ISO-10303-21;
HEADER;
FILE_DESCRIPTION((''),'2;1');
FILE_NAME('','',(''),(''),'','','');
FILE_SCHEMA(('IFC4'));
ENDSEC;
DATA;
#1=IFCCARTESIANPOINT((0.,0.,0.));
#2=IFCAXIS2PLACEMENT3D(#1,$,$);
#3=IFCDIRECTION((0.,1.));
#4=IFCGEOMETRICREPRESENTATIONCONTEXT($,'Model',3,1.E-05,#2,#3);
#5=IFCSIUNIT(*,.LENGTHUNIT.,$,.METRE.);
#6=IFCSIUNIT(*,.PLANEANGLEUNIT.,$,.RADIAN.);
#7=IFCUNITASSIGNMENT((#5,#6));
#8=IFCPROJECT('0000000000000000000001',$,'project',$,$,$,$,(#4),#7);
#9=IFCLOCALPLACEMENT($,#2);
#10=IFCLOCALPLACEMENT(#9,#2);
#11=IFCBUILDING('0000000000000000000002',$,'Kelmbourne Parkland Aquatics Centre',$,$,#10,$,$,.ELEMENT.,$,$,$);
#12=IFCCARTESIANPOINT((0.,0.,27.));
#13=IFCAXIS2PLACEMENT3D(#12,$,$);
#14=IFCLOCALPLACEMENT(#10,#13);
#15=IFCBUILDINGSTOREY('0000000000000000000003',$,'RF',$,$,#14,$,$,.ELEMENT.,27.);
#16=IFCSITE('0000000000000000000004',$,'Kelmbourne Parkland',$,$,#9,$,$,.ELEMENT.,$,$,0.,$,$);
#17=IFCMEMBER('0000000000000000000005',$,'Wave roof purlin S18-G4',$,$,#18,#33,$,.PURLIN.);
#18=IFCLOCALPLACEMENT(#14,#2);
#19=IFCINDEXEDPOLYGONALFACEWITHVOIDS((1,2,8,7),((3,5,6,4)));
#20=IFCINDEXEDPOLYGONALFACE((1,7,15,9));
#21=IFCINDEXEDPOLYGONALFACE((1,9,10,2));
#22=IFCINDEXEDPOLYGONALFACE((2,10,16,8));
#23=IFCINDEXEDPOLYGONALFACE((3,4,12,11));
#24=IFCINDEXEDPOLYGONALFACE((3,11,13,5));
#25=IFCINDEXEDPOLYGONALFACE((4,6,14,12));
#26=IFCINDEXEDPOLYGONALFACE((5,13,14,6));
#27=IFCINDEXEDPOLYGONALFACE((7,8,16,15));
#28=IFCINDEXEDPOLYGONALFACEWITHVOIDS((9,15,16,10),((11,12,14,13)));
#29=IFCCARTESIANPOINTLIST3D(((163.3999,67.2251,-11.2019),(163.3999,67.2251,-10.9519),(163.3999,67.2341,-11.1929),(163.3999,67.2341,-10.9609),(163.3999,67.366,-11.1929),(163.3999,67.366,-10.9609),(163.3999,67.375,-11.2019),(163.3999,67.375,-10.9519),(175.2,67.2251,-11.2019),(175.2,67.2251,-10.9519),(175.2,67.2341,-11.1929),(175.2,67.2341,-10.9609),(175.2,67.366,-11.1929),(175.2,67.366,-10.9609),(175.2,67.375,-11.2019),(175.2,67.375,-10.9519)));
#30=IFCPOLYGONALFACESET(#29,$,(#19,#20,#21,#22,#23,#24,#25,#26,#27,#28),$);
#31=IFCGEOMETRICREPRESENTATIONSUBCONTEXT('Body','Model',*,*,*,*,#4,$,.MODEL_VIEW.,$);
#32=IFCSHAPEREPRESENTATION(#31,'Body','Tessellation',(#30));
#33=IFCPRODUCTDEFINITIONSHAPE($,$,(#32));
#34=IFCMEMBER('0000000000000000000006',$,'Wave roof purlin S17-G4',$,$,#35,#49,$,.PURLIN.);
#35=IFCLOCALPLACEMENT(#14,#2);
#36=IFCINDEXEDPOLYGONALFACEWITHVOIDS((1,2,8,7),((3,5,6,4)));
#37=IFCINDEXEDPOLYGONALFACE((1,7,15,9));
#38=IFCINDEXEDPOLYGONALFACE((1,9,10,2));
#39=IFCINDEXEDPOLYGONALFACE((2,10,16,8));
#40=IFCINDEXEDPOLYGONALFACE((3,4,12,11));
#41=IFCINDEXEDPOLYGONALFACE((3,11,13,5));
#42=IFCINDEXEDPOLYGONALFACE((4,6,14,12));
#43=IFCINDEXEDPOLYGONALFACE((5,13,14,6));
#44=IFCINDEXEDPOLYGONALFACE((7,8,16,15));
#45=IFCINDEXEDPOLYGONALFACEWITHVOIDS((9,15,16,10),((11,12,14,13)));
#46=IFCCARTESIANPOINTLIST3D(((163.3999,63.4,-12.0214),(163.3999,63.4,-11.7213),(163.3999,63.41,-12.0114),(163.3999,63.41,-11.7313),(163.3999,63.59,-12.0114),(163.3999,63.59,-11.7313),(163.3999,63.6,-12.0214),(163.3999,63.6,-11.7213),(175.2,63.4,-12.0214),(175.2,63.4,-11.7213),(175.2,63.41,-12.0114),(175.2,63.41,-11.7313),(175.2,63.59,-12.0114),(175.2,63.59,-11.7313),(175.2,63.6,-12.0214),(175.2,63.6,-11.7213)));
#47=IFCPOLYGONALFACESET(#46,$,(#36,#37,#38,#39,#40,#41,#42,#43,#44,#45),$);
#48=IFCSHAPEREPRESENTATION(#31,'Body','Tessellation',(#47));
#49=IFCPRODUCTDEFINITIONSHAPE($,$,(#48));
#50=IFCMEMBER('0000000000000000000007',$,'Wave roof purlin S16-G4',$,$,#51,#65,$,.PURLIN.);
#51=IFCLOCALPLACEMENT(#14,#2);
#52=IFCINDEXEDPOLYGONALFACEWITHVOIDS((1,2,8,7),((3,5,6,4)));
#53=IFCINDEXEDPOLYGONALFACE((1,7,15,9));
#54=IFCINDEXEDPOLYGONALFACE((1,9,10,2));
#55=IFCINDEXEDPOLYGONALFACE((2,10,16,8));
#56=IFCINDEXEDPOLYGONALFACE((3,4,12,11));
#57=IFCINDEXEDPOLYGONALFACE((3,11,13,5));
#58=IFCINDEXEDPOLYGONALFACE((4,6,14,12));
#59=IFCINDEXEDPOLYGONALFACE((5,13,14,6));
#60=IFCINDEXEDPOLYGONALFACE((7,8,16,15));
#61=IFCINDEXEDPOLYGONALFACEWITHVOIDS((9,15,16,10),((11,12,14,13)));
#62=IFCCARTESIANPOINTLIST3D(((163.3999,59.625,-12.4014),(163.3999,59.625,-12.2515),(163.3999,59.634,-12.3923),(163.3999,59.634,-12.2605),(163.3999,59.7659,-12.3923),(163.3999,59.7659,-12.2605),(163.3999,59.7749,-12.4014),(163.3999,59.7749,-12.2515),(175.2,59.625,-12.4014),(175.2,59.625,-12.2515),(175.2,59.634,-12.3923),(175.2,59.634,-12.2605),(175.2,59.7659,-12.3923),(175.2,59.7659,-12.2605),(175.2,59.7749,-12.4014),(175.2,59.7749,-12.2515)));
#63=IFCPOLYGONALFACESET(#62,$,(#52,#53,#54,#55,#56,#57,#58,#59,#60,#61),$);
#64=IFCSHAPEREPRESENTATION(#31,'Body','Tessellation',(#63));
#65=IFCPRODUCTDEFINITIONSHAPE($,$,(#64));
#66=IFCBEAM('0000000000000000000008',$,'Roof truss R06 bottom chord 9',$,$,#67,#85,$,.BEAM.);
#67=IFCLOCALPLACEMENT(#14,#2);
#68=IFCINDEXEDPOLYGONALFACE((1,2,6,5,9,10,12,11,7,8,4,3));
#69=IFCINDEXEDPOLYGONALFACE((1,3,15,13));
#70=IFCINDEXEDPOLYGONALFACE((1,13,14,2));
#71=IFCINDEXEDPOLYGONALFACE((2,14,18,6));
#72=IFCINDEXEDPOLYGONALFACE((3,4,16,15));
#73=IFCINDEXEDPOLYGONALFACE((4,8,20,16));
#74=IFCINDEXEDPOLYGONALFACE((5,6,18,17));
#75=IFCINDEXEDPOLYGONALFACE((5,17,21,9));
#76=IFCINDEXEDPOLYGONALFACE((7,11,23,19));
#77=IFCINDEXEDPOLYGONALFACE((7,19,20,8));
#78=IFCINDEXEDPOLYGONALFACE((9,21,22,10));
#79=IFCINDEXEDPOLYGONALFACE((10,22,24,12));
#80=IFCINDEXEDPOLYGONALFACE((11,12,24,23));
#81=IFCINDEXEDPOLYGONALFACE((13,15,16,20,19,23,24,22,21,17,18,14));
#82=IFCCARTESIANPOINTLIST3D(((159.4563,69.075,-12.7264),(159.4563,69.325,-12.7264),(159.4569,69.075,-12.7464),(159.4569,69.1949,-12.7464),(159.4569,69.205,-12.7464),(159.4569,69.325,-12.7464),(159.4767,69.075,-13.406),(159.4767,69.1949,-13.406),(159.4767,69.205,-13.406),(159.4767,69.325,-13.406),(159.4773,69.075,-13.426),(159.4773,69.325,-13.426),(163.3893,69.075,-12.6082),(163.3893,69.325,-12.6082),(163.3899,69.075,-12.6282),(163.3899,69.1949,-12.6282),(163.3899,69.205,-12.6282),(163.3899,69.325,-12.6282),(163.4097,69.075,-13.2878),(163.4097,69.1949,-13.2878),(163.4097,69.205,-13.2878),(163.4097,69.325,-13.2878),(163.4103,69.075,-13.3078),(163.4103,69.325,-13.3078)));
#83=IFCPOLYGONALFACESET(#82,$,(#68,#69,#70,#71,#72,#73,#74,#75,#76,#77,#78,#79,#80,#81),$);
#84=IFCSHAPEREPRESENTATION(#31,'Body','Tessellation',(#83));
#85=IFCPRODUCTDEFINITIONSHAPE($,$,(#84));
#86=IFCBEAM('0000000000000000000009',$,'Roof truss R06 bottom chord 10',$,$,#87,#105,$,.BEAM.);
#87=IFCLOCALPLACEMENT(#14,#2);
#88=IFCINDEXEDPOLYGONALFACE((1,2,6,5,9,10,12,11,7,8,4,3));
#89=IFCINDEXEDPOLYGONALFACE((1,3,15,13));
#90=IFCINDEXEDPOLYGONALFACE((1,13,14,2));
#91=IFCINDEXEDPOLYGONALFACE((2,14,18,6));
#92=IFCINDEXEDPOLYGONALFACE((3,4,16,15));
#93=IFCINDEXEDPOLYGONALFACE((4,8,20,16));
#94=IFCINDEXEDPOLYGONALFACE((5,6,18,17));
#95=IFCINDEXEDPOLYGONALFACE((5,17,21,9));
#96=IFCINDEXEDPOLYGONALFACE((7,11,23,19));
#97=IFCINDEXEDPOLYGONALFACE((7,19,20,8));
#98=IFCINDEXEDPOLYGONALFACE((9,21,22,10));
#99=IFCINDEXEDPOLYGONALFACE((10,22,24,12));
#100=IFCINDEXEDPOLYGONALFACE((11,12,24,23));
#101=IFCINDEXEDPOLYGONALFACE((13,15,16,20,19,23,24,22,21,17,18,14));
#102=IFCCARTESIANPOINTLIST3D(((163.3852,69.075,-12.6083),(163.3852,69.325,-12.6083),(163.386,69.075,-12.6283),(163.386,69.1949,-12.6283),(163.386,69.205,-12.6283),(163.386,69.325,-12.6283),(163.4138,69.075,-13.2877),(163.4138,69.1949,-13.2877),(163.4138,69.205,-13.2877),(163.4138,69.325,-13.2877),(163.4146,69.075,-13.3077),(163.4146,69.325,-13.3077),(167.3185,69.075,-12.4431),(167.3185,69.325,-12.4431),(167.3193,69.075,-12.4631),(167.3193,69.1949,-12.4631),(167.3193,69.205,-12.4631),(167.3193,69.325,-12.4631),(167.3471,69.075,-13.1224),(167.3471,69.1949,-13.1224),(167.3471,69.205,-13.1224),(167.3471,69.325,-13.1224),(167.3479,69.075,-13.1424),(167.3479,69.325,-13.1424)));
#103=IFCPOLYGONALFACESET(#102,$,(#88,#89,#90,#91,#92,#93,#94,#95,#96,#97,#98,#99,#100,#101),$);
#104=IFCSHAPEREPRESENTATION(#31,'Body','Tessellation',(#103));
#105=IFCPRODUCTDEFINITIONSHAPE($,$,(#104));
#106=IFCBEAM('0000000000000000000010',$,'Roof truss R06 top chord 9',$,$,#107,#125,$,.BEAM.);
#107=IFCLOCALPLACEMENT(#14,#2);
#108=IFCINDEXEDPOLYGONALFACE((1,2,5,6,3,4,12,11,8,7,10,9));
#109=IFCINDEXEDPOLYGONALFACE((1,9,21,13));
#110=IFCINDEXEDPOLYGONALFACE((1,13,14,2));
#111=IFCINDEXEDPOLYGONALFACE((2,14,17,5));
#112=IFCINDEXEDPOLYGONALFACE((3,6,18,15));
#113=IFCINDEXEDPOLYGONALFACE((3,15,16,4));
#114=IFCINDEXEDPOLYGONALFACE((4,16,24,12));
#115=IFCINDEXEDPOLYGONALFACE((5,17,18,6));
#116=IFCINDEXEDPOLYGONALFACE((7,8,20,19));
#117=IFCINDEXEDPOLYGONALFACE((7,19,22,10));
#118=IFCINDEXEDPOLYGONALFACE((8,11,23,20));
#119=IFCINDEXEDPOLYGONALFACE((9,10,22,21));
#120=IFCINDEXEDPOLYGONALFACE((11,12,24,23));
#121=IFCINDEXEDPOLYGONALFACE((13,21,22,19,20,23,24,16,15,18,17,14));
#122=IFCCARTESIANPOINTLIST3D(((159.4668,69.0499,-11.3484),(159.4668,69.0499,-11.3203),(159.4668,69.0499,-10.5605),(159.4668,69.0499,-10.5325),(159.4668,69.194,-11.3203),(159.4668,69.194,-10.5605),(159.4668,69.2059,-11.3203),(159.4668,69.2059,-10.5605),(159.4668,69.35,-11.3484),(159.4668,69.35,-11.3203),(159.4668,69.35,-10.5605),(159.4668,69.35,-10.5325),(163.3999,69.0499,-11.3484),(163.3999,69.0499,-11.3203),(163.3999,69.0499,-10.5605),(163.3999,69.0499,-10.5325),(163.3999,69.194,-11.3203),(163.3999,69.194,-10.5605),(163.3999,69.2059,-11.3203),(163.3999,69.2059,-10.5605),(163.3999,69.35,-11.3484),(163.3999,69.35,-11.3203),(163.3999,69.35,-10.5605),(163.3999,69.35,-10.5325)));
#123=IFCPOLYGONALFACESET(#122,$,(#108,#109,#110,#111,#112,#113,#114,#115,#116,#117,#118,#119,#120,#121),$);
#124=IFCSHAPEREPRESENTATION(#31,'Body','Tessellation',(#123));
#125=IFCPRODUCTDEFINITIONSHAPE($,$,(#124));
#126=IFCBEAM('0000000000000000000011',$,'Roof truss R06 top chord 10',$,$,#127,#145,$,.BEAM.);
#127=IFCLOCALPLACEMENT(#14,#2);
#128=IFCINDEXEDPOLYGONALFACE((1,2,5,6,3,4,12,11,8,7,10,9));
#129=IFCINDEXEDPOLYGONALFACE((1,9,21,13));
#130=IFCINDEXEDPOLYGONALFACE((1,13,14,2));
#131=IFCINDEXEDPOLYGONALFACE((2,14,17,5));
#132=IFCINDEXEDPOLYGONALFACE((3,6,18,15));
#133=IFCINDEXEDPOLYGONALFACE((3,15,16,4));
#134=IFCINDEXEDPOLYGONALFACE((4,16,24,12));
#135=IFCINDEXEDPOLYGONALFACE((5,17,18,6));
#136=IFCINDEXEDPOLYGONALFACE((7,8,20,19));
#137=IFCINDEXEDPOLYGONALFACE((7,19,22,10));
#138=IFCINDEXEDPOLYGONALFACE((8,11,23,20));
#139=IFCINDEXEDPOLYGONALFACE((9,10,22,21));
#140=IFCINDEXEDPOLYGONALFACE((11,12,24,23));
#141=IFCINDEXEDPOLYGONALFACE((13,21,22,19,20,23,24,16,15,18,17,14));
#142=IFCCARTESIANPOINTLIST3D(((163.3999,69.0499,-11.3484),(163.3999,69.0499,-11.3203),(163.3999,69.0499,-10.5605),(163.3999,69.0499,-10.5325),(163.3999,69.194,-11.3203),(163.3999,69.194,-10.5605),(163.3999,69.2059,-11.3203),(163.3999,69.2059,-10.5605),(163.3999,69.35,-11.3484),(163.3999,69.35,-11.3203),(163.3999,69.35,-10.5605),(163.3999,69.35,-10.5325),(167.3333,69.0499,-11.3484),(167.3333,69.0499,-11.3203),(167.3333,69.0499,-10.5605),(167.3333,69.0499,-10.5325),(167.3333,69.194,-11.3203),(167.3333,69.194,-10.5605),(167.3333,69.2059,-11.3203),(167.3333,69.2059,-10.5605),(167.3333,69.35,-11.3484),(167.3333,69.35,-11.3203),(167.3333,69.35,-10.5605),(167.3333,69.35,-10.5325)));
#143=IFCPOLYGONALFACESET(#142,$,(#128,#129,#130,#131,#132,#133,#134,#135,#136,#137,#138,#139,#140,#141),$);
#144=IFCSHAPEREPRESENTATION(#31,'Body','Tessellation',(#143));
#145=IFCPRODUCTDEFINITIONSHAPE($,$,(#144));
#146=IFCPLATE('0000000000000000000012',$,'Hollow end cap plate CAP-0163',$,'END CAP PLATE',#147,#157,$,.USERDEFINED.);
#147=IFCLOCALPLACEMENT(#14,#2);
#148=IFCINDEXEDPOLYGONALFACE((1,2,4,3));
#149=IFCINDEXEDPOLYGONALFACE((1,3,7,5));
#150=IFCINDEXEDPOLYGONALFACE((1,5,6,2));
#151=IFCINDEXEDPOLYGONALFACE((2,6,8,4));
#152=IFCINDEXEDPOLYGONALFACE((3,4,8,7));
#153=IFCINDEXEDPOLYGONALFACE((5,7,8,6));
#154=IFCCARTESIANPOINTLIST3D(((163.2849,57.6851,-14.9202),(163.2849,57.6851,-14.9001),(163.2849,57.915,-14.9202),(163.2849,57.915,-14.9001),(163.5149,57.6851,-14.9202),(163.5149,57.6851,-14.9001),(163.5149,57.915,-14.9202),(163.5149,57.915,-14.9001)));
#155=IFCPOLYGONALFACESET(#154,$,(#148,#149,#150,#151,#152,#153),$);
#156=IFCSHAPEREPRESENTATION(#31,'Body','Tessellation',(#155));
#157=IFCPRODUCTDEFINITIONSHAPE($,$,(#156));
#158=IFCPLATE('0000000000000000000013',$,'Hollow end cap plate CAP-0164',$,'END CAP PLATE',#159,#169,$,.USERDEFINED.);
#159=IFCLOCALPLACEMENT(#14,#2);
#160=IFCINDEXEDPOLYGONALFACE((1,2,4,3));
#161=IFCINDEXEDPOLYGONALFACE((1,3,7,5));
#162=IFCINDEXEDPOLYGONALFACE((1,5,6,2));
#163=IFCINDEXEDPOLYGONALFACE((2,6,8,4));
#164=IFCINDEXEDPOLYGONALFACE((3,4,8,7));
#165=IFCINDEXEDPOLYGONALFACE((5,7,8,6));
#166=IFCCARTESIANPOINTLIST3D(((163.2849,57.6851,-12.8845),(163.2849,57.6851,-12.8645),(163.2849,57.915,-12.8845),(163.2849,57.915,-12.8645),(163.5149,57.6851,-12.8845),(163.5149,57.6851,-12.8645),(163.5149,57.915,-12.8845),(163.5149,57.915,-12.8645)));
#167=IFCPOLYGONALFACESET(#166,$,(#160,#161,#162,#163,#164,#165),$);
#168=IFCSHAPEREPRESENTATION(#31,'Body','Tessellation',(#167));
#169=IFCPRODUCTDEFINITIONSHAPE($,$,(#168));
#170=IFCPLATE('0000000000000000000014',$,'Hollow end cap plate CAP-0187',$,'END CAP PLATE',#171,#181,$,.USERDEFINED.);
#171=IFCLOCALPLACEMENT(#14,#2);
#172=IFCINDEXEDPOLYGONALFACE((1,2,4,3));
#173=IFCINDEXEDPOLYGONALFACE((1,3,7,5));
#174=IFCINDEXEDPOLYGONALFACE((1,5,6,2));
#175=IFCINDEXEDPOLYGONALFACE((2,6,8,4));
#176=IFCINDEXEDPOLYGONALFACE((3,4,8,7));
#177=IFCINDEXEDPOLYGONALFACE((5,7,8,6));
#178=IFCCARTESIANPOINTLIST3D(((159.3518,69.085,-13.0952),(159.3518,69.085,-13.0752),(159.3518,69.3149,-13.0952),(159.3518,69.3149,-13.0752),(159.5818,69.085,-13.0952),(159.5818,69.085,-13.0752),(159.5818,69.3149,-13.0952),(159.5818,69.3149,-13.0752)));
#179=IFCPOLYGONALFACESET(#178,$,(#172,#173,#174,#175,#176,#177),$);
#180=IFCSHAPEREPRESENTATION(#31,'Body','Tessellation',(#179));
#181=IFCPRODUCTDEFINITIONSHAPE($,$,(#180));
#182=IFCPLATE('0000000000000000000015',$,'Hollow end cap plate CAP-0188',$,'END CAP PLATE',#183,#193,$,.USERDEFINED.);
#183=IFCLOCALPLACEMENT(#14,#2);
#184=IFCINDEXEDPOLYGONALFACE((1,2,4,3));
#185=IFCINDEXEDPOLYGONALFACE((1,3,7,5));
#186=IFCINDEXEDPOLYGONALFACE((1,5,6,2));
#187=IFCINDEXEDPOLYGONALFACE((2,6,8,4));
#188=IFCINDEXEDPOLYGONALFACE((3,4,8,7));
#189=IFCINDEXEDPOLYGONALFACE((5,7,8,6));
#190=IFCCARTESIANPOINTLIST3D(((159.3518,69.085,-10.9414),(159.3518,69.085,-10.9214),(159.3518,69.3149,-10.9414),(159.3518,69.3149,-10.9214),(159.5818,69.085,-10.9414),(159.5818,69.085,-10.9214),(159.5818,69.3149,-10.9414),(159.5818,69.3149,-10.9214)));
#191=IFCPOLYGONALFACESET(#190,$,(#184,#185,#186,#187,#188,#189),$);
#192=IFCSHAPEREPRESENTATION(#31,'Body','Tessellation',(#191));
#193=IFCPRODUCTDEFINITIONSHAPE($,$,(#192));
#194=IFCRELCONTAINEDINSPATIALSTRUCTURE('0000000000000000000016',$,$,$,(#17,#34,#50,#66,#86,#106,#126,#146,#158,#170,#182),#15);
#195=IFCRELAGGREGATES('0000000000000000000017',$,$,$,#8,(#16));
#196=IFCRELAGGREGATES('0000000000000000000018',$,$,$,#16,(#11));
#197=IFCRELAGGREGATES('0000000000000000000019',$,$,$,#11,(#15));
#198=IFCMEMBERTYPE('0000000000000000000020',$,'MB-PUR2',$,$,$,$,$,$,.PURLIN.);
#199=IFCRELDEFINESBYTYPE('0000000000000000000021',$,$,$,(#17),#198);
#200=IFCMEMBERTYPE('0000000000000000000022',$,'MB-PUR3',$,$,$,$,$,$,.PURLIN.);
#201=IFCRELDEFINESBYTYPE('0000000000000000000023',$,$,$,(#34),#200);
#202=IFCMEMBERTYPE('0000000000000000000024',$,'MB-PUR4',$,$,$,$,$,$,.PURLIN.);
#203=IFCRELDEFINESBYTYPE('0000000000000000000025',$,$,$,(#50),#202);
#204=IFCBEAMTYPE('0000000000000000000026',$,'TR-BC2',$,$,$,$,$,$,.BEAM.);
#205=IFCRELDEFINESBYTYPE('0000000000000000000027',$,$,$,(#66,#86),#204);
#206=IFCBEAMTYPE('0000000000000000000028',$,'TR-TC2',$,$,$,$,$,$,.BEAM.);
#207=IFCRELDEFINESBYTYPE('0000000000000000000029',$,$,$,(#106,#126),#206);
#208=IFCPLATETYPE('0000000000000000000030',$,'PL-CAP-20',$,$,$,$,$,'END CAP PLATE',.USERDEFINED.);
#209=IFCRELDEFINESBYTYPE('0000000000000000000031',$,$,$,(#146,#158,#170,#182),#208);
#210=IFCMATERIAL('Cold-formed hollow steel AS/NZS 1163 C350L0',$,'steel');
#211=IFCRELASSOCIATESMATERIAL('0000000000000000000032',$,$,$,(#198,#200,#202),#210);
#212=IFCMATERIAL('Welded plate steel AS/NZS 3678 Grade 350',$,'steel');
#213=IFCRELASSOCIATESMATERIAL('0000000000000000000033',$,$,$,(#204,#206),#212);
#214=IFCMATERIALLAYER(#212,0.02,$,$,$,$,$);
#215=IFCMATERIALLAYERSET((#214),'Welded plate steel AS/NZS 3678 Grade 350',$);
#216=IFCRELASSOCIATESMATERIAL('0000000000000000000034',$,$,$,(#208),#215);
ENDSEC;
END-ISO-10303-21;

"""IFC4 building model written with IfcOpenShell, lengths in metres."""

from ifc_helpers import new_model, si_unit, direction, frame, origin, origin_2d, place, context, subcontext, project, spatial, rectangle, hollow_rectangle, i_section, extrude, material, layer, layer_set, material_profile, profile_set, type_object, element, save


model = new_model("IFC4")

# Units and contexts
model_context = context("Model", 3, precision=1e-05, world=origin(), true_north=direction((0.0, 1.0)))
body_context = subcontext(model_context, "Body", "Model", "MODEL_VIEW")
ifc_project = project(units=[si_unit("LENGTHUNIT", "METRE"), si_unit("PLANEANGLEUNIT", "RADIAN")], contexts=[model_context])

# Site, building, storey
site_placement = place(None, origin())
site = spatial("IfcSite", under=ifc_project, at=site_placement, Name="Kelmbourne Parkland", CompositionType="ELEMENT", RefElevation=0.0)
building_placement = place(site_placement, origin())
building = spatial("IfcBuilding", under=site, at=building_placement, Name="Kelmbourne Parkland Aquatics Centre", CompositionType="ELEMENT")
storey_placement = place(building_placement, frame((0.0, 0.0, 27.0)))
storey = spatial("IfcBuildingStorey", under=building, at=storey_placement, Name="RF", CompositionType="ELEMENT", Elevation=27.0)

# Members
ifc_material_1 = material(Name="Cold-formed hollow steel AS/NZS 1163 C350L0", Category="steel")
ifc_material_profile_1 = material_profile(ifc_material_1, hollow_rectangle(XDim=0.1499, YDim=0.25, WallThickness=0.009, at=origin_2d()), Name="RHS 250x150x9.0")
ifc_profile_set_1 = profile_set([ifc_material_profile_1], Name="Cold-formed hollow steel AS/NZS 1163 C350L0")
member_type_1 = type_object("IfcMemberType", Name="MB-PUR2", PredefinedType="PURLIN", material=ifc_profile_set_1)
member_1_placement = place(storey_placement, frame((163.3999, 67.3, -11.0769), z_axis=(1.0, 0.0, 0.0), x_axis=(0.0, 1.0, 0.0)))
element("IfcMember", 1, at=member_1_placement, inside=storey, type_object=member_type_1, Name="Wave roof purlin S18-G4", PredefinedType="PURLIN", context=body_context, shape_type="SweptSolid", body=[
    extrude(hollow_rectangle(XDim=0.1499, YDim=0.25, WallThickness=0.009, at=origin_2d()), origin(), (0.0, 0.0, 1.0), 11.8),
])
ifc_material_profile_2 = material_profile(ifc_material_1, hollow_rectangle(XDim=0.2, YDim=0.3, WallThickness=0.01, at=origin_2d()), Name="RHS 300x200x10.0")
ifc_profile_set_2 = profile_set([ifc_material_profile_2], Name="Cold-formed hollow steel AS/NZS 1163 C350L0")
member_type_2 = type_object("IfcMemberType", Name="MB-PUR3", PredefinedType="PURLIN", material=ifc_profile_set_2)
member_2_placement = place(storey_placement, frame((163.3999, 63.5, -11.8713), z_axis=(1.0, 0.0, 0.0), x_axis=(0.0, 1.0, 0.0)))
element("IfcMember", 2, at=member_2_placement, inside=storey, type_object=member_type_2, Name="Wave roof purlin S17-G4", PredefinedType="PURLIN", context=body_context, shape_type="SweptSolid", body=[
    extrude(hollow_rectangle(XDim=0.2, YDim=0.3, WallThickness=0.01, at=origin_2d()), origin(), (0.0, 0.0, 1.0), 11.8),
])
ifc_material_profile_3 = material_profile(ifc_material_1, hollow_rectangle(XDim=0.1499, YDim=0.1499, WallThickness=0.009, at=origin_2d()), Name="SHS 150x150x9.0")
ifc_profile_set_3 = profile_set([ifc_material_profile_3], Name="Cold-formed hollow steel AS/NZS 1163 C350L0")
member_type_3 = type_object("IfcMemberType", Name="MB-PUR4", PredefinedType="PURLIN", material=ifc_profile_set_3)
member_3_placement = place(storey_placement, frame((163.3999, 59.7, -12.3264), z_axis=(1.0, 0.0, 0.0), x_axis=(0.0, 1.0, 0.0)))
element("IfcMember", 3, at=member_3_placement, inside=storey, type_object=member_type_3, Name="Wave roof purlin S16-G4", PredefinedType="PURLIN", context=body_context, shape_type="SweptSolid", body=[
    extrude(hollow_rectangle(XDim=0.1499, YDim=0.1499, WallThickness=0.009, at=origin_2d()), origin(), (0.0, 0.0, 1.0), 11.8),
])

# Beams
ifc_material_2 = material(Name="Welded plate steel AS/NZS 3678 Grade 350", Category="steel")
ifc_material_profile_4 = material_profile(ifc_material_2, i_section(OverallWidth=0.25, OverallDepth=0.7, WebThickness=0.01, FlangeThickness=0.02, at=origin_2d()), Name="700WB130")
ifc_profile_set_4 = profile_set([ifc_material_profile_4], Name="Welded plate steel AS/NZS 3678 Grade 350")
beam_type_1 = type_object("IfcBeamType", Name="TR-BC2", PredefinedType="BEAM", material=ifc_profile_set_4)
beam_1_placement = place(storey_placement, frame((159.4668, 69.2, -13.0762), z_axis=(0.999549, 0.0, 0.03003), x_axis=(0.0, 1.0, 0.0)))
element("IfcBeam", 4, at=beam_1_placement, inside=storey, type_object=beam_type_1, Name="Roof truss R06 bottom chord 9", PredefinedType="BEAM", context=body_context, shape_type="SweptSolid", body=[
    extrude(i_section(OverallWidth=0.25, OverallDepth=0.7, WebThickness=0.01, FlangeThickness=0.02, at=origin_2d()), origin(), (0.0, 0.0, 1.0), 3.9348),
])
beam_2_placement = place(storey_placement, frame((163.3999, 69.2, -12.958), z_axis=(0.999118, 0.0, 0.041984), x_axis=(0.0, 1.0, 0.0)))
element("IfcBeam", 5, at=beam_2_placement, inside=storey, type_object=beam_type_1, Name="Roof truss R06 bottom chord 10", PredefinedType="BEAM", context=body_context, shape_type="SweptSolid", body=[
    extrude(i_section(OverallWidth=0.25, OverallDepth=0.7, WebThickness=0.01, FlangeThickness=0.02, at=origin_2d()), origin(), (0.0, 0.0, 1.0), 3.9368),
])
ifc_material_profile_5 = material_profile(ifc_material_2, i_section(OverallWidth=0.3, OverallDepth=0.8159, WebThickness=0.012, FlangeThickness=0.0281, at=origin_2d()), Name="800WB192")
ifc_profile_set_5 = profile_set([ifc_material_profile_5], Name="Welded plate steel AS/NZS 3678 Grade 350")
beam_type_2 = type_object("IfcBeamType", Name="TR-TC2", PredefinedType="BEAM", material=ifc_profile_set_5)
beam_3_placement = place(storey_placement, frame((159.4668, 69.2, -10.9404), z_axis=(1.0, 0.0, 0.0), x_axis=(0.0, 1.0, 0.0)))
element("IfcBeam", 6, at=beam_3_placement, inside=storey, type_object=beam_type_2, Name="Roof truss R06 top chord 9", PredefinedType="BEAM", context=body_context, shape_type="SweptSolid", body=[
    extrude(i_section(OverallWidth=0.3, OverallDepth=0.8159, WebThickness=0.012, FlangeThickness=0.0281, at=origin_2d()), origin(), (0.0, 0.0, 1.0), 3.9331),
])
beam_4_placement = place(storey_placement, frame((163.3999, 69.2, -10.9404), z_axis=(1.0, 0.0, 0.0), x_axis=(0.0, 1.0, 0.0)))
element("IfcBeam", 7, at=beam_4_placement, inside=storey, type_object=beam_type_2, Name="Roof truss R06 top chord 10", PredefinedType="BEAM", context=body_context, shape_type="SweptSolid", body=[
    extrude(i_section(OverallWidth=0.3, OverallDepth=0.8159, WebThickness=0.012, FlangeThickness=0.0281, at=origin_2d()), origin(), (0.0, 0.0, 1.0), 3.9333),
])

# Plates
ifc_layer_1 = layer(ifc_material_2, 0.02)
ifc_layer_set_1 = layer_set([ifc_layer_1], Name="Welded plate steel AS/NZS 3678 Grade 350")
plate_type_1 = type_object("IfcPlateType", Name="PL-CAP-20", ElementType="END CAP PLATE", PredefinedType="USERDEFINED", material=ifc_layer_set_1)
for number, where, z_axis, x_axis, name in (
    (8, (163.3999, 57.8, -14.9202), (0.0, 0.0, 1.0), (1.0, 0.0, 0.0), "Hollow end cap plate CAP-0163"),
    (9, (163.3999, 57.8, -12.8845), (0.0, 0.0, 1.0), (1.0, 0.0, 0.0), "Hollow end cap plate CAP-0164"),
    (10, (159.4668, 69.2, -13.0952), (0.0, 0.0, 1.0), (1.0, 0.0, 0.0), "Hollow end cap plate CAP-0187"),
    (11, (159.4668, 69.2, -10.9414), (0.0, 0.0, 1.0), (1.0, 0.0, 0.0), "Hollow end cap plate CAP-0188"),
):
    element("IfcPlate", number, at=place(storey_placement, frame(where, z_axis=z_axis, x_axis=x_axis)), inside=storey, type_object=plate_type_1, Name=name, ObjectType="END CAP PLATE", PredefinedType="USERDEFINED", context=body_context, shape_type="SweptSolid", body=[
        extrude(rectangle(XDim=0.23, YDim=0.23, at=origin_2d()), origin(), (0.0, 0.0, 1.0), 0.02),
    ])

save(model, "model.ifc")
